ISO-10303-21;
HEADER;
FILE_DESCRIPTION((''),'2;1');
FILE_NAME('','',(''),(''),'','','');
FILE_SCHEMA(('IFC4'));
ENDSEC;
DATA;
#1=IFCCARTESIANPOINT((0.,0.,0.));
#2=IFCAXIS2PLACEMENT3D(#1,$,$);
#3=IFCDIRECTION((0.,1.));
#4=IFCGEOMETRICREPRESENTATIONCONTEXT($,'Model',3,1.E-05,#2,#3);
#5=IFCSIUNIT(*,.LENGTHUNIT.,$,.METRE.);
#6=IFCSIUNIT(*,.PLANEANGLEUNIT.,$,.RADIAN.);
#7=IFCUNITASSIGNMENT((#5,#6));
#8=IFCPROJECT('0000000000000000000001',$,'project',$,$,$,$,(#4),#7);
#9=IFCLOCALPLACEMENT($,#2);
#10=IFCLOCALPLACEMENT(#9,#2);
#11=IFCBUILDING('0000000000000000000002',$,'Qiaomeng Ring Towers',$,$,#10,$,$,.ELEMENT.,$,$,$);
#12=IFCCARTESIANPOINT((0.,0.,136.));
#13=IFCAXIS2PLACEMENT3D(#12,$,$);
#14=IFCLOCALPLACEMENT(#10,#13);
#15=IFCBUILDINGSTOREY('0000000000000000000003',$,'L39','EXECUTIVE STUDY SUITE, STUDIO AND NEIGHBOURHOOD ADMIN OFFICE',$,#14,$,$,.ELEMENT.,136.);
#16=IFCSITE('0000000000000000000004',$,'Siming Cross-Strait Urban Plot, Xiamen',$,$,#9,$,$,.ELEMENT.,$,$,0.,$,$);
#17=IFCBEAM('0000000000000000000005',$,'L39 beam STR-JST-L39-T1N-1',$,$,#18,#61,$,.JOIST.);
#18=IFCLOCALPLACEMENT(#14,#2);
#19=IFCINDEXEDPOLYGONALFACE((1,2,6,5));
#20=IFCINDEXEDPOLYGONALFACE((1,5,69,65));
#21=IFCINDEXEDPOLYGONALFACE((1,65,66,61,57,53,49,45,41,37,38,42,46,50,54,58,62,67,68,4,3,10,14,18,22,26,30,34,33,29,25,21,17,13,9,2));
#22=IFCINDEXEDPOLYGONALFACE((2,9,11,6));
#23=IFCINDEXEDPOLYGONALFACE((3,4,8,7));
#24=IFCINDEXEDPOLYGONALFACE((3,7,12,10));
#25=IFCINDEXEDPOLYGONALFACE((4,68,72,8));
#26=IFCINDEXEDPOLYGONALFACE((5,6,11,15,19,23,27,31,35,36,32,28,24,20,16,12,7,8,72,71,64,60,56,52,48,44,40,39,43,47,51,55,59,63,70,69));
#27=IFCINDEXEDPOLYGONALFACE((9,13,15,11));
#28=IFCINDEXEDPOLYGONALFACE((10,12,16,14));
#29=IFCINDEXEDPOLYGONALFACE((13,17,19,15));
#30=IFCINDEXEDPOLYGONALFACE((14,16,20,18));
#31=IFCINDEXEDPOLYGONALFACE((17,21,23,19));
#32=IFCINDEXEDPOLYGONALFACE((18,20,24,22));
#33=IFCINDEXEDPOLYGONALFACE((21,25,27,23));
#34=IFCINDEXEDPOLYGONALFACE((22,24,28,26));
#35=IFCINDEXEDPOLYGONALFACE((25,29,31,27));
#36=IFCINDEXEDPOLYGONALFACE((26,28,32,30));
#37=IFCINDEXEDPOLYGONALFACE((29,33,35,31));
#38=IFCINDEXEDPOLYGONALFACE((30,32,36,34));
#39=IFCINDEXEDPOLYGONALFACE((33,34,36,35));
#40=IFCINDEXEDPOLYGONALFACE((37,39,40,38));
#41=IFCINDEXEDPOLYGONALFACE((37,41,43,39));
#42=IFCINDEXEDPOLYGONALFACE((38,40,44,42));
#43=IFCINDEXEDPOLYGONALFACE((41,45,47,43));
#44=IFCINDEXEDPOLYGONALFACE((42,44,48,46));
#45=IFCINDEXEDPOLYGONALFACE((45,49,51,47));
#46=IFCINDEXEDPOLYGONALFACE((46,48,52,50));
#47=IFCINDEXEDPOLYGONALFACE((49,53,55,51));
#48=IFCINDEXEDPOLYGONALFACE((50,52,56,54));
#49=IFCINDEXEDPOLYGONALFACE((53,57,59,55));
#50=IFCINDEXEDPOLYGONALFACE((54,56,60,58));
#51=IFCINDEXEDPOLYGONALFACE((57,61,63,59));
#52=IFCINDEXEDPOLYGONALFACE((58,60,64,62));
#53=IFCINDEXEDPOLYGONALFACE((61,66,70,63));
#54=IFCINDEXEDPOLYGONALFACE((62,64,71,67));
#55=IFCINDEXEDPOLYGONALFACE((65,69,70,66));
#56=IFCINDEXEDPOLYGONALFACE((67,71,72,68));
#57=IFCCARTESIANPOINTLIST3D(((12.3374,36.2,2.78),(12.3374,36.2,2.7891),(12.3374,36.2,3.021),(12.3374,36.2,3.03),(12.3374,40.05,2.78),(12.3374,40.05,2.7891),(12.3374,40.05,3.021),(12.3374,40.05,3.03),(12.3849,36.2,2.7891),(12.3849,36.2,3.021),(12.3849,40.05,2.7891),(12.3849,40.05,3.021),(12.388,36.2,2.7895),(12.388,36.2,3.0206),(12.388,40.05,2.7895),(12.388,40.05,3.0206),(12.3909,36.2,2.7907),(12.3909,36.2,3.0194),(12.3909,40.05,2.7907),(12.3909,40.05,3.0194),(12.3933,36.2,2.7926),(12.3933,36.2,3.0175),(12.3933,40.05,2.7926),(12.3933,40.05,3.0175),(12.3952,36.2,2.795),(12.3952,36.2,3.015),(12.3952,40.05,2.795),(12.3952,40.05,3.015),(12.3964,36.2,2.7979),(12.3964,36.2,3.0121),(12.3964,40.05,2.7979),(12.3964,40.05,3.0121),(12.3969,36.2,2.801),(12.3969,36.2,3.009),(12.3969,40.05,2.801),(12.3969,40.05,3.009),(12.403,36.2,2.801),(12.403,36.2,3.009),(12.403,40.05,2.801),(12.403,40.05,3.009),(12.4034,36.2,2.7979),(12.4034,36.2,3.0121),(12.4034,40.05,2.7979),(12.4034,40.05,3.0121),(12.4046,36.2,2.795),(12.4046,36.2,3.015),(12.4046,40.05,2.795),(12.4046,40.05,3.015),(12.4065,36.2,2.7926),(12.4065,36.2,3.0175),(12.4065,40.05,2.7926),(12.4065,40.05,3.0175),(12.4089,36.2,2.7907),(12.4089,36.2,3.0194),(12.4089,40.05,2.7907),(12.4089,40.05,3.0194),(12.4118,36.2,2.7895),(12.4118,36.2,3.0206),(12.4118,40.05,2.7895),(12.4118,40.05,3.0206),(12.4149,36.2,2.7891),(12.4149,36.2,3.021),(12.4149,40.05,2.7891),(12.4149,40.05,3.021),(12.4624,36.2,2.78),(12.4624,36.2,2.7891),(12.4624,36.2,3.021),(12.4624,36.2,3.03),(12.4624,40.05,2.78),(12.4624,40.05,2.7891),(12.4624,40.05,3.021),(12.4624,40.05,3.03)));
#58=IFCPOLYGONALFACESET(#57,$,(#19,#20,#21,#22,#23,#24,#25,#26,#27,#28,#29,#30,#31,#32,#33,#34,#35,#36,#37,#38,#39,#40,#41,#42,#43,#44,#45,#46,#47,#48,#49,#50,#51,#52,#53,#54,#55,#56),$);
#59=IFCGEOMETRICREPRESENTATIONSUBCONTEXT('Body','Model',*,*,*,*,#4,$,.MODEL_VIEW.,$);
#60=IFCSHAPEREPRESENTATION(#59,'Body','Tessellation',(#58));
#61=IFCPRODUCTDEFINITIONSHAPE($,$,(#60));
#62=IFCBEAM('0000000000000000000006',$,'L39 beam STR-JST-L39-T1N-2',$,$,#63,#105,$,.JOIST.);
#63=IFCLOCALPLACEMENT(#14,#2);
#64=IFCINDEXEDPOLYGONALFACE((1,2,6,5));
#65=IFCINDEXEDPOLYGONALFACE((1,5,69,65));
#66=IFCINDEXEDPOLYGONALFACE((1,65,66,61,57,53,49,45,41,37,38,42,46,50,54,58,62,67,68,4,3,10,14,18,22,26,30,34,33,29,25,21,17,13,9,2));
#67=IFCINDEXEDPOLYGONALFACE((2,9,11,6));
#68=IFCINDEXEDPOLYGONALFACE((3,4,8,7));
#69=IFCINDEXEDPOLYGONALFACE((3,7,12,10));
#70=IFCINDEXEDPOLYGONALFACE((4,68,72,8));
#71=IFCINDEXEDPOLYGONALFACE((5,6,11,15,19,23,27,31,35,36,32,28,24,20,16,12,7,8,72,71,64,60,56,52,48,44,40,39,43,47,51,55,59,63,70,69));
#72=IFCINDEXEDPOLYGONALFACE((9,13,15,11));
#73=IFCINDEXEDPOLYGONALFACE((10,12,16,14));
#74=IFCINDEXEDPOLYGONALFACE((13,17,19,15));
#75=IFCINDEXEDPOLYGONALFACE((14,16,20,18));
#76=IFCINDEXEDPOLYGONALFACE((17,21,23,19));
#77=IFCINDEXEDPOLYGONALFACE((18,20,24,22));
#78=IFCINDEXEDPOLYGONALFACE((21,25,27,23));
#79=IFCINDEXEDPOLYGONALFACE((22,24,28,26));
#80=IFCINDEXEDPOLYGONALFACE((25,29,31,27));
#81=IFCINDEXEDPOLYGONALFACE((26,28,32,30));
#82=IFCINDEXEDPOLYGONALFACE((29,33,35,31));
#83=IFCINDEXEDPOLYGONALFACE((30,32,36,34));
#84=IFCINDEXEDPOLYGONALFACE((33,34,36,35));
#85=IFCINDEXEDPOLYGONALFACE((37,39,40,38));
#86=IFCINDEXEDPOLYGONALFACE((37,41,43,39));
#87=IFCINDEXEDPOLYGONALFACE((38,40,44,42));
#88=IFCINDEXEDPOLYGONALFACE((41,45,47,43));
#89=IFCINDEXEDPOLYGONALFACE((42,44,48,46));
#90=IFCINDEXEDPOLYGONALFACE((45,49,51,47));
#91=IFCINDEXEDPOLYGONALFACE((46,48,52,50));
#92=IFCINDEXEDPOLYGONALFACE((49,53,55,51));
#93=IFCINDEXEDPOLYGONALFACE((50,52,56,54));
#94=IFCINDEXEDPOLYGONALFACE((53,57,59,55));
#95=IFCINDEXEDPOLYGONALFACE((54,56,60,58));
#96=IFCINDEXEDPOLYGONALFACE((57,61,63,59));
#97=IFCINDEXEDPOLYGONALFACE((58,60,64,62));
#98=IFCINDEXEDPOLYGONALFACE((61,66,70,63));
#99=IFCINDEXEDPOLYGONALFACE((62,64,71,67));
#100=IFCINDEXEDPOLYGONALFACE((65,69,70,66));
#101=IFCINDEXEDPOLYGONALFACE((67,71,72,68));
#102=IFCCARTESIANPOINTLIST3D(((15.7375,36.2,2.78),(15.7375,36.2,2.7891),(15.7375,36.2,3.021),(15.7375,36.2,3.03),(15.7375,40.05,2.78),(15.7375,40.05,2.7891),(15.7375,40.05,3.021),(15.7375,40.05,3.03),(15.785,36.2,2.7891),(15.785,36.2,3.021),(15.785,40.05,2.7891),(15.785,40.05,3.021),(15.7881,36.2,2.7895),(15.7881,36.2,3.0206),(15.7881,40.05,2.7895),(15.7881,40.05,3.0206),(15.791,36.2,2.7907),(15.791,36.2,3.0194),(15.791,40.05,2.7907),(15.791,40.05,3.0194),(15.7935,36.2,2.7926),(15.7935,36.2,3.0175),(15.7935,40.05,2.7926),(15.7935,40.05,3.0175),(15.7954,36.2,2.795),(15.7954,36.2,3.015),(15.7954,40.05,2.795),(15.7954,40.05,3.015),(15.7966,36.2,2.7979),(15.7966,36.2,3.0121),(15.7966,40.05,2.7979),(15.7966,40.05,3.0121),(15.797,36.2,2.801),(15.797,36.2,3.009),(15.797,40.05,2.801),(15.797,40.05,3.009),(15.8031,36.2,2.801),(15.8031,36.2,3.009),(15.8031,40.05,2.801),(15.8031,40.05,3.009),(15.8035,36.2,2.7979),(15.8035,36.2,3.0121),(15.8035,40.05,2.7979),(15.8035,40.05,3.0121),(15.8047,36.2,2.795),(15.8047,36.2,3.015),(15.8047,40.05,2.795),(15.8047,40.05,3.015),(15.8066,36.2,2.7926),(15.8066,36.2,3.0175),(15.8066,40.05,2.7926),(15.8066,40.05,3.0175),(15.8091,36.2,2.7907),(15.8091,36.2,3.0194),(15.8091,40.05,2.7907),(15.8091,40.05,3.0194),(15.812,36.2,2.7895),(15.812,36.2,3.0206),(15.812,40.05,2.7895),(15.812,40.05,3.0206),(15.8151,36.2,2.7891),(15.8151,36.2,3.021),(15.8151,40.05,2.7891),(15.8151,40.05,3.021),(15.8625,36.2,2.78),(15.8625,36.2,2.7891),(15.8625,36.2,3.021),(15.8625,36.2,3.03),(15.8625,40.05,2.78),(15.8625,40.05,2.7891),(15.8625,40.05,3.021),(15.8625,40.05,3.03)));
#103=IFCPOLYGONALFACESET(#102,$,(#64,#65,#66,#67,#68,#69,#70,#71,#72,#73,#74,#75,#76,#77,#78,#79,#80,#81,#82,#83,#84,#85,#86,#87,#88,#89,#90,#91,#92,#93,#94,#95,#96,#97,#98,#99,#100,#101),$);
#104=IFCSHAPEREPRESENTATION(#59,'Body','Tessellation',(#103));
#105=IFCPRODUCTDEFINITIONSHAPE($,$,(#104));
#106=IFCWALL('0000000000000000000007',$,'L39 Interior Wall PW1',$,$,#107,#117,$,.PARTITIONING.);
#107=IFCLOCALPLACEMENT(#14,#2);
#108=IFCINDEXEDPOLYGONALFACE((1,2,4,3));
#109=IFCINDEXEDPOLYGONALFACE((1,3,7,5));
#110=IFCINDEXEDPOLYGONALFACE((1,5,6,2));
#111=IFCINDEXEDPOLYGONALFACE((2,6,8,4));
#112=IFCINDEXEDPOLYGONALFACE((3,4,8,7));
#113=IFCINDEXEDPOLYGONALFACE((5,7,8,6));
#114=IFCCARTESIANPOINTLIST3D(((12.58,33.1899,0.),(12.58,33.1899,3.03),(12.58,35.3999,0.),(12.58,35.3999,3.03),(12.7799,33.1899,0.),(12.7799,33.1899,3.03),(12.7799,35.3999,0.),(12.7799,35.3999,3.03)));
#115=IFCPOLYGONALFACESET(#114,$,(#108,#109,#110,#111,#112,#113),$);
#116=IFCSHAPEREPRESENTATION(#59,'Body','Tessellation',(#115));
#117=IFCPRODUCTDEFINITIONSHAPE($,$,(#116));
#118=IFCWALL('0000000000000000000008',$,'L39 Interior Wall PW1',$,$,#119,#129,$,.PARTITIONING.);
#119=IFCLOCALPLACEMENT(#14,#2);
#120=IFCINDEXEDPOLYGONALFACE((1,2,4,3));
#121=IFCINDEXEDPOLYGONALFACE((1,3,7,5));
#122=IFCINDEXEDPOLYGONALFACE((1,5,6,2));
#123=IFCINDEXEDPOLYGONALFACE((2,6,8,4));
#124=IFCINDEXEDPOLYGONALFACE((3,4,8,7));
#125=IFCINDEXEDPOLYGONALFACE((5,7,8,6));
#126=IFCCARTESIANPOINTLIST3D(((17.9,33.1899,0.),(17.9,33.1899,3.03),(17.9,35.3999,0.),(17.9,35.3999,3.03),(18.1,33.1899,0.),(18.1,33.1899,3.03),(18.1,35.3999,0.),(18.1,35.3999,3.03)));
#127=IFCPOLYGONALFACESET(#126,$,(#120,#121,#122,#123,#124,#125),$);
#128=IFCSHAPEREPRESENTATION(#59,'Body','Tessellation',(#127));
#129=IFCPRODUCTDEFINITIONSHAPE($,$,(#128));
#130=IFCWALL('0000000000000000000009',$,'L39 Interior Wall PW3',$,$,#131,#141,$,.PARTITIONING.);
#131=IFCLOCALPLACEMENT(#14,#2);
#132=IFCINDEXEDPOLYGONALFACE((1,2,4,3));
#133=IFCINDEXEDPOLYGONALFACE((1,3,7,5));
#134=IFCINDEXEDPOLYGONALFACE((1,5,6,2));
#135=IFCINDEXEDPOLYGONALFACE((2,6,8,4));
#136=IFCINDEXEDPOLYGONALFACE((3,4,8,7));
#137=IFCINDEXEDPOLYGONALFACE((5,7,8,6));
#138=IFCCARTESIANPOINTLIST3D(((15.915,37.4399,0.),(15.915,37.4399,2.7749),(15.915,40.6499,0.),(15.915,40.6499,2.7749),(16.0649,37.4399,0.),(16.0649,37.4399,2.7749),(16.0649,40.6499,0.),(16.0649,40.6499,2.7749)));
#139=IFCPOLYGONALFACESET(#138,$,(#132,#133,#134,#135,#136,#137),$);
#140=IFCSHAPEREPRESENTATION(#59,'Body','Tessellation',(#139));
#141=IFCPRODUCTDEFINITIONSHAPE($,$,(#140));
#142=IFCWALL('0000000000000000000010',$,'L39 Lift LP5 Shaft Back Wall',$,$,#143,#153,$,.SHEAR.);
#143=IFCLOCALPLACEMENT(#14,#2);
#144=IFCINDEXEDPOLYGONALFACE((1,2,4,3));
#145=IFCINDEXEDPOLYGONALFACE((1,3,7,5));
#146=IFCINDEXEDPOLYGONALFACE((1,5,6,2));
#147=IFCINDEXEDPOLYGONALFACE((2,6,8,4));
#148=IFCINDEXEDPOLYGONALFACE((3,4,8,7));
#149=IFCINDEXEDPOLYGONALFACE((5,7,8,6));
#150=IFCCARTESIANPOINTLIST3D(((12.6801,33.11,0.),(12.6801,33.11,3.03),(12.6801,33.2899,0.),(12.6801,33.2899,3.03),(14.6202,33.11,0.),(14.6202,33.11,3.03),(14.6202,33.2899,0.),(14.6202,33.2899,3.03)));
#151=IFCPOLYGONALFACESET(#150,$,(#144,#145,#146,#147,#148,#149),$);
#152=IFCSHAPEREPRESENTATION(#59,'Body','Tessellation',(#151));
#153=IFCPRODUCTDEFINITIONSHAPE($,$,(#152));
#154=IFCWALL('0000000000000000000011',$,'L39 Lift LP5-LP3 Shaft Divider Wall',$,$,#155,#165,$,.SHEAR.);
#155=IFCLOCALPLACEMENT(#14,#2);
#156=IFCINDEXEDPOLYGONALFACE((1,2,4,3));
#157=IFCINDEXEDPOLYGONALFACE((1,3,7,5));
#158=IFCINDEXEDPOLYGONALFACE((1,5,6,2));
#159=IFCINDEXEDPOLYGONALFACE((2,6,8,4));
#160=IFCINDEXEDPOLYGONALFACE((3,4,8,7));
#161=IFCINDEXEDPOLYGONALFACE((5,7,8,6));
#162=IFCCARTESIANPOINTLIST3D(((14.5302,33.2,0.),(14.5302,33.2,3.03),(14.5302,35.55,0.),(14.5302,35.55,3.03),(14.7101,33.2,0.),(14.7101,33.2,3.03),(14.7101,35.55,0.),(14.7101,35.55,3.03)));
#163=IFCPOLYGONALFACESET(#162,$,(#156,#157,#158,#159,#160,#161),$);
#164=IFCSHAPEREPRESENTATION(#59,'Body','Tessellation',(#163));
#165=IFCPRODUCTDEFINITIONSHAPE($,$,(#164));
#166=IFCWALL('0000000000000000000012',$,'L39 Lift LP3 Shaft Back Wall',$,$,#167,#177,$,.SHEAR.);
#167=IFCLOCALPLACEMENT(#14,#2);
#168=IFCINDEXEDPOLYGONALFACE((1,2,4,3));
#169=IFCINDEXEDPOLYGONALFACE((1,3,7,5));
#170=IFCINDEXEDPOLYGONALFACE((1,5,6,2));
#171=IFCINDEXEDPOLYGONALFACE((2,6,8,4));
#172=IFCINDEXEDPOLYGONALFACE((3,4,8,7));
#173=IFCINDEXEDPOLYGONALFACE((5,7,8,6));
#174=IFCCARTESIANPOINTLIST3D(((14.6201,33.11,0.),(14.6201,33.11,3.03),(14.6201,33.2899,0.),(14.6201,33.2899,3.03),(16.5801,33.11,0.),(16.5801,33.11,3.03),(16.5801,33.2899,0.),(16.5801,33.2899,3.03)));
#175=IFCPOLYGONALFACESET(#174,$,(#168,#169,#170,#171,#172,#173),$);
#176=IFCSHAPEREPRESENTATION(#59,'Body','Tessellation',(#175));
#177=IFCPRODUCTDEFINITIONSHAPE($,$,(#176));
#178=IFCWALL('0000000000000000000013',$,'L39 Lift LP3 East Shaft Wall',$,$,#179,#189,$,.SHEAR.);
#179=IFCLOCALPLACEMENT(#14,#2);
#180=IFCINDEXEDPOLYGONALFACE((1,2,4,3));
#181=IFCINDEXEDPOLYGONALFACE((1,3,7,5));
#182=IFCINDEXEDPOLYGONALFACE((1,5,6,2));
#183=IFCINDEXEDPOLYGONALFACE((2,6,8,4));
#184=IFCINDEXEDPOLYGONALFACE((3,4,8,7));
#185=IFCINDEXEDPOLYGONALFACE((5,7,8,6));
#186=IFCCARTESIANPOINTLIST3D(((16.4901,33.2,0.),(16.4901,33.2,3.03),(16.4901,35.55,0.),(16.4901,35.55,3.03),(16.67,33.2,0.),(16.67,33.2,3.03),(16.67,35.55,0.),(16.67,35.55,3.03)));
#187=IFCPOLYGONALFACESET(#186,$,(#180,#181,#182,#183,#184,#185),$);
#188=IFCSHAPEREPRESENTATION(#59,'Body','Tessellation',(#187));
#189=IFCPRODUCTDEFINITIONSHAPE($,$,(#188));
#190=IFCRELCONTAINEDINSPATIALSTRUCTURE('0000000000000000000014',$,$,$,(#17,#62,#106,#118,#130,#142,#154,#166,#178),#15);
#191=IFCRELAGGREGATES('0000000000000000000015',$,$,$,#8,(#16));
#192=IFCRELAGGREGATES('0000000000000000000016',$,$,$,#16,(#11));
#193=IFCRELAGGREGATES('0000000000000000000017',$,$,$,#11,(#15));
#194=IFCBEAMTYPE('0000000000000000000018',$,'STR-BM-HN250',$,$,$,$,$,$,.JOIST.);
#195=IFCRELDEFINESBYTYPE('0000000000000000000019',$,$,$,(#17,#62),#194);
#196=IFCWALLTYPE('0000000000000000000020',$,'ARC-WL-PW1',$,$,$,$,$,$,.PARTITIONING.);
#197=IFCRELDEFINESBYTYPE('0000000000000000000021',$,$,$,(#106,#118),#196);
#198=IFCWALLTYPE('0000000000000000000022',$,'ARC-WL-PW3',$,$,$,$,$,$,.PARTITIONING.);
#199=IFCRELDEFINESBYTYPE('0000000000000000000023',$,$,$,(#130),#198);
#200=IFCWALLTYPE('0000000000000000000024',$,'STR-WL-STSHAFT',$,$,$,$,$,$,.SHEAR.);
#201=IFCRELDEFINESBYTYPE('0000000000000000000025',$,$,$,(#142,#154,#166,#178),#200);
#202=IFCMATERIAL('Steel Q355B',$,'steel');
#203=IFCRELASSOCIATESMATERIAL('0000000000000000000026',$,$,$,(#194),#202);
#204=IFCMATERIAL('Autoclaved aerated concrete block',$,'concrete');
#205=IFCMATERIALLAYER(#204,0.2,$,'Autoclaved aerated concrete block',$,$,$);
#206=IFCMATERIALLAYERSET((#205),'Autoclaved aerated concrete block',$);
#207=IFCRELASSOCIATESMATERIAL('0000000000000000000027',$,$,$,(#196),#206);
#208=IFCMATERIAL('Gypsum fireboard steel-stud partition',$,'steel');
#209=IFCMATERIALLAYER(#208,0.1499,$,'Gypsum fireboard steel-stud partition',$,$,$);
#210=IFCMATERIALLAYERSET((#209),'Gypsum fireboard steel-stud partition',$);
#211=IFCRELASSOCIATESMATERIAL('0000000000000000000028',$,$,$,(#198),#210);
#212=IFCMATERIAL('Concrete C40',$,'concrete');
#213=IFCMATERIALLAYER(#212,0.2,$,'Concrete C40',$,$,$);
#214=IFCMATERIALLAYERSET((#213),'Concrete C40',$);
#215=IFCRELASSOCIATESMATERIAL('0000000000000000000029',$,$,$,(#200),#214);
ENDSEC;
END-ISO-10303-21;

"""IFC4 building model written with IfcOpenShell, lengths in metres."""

from ifc_helpers import new_model, si_unit, direction, frame, frame_2d, origin, origin_2d, place, context, subcontext, project, spatial, rectangle, i_section, extrude, source, transform, mapped, material, layer, layer_set, material_profile, profile_set, type_object, element, save


model = new_model("IFC4")

# Units and contexts
model_context = context("Model", 3, precision=1e-05, world=origin(), true_north=direction((0.0, 1.0)))
body_context = subcontext(model_context, "Body", "Model", "MODEL_VIEW")
ifc_project = project(units=[si_unit("LENGTHUNIT", "METRE"), si_unit("PLANEANGLEUNIT", "RADIAN")], contexts=[model_context])

# Site, building, storey
site_placement = place(None, origin())
site = spatial("IfcSite", under=ifc_project, at=site_placement, Name="Siming Cross-Strait Urban Plot, Xiamen", CompositionType="ELEMENT", RefElevation=0.0)
building_placement = place(site_placement, origin())
building = spatial("IfcBuilding", under=site, at=building_placement, Name="Qiaomeng Ring Towers", CompositionType="ELEMENT")
storey_placement = place(building_placement, frame((0.0, 0.0, 136.0)))
storey = spatial("IfcBuildingStorey", under=building, at=storey_placement, Name="L39", Description="EXECUTIVE STUDY SUITE, STUDIO AND NEIGHBOURHOOD ADMIN OFFICE", CompositionType="ELEMENT", Elevation=136.0)

# Beams
ifc_material_1 = material(Name="Steel Q355B", Category="steel")
ifc_material_profile_1 = material_profile(ifc_material_1, i_section(OverallWidth=0.125, OverallDepth=0.25, WebThickness=0.0061, FlangeThickness=0.009, FilletRadius=0.012, at=origin_2d()), Name="HN 250x125x6x9")
ifc_profile_set_1 = profile_set([ifc_material_profile_1], Name="Steel Q355B")
beam_type = type_object("IfcBeamType", Name="STR-BM-HN250", PredefinedType="JOIST", material=ifc_profile_set_1)
shared_shape_1 = source(origin(), body_context, "Body", "SweptSolid", [
    extrude(i_section(OverallWidth=0.125, OverallDepth=0.25, WebThickness=0.0061, FlangeThickness=0.009, FilletRadius=0.012, at=origin_2d()), origin(), (0.0, 0.0, 1.0), 3.8501),
])
for number, where, z_axis, x_axis, name in (
    (1, (12.3999, 36.2, 2.905), (0.0, 1.0, 0.0), (-1.0, 0.0, 0.0), "L39 beam STR-JST-L39-T1N-1"),
    (2, (15.8, 36.2, 2.905), (0.0, 1.0, 0.0), (-1.0, 0.0, 0.0), "L39 beam STR-JST-L39-T1N-2"),
):
    element("IfcBeam", number, at=place(storey_placement, frame(where, z_axis=z_axis, x_axis=x_axis)), inside=storey, type_object=beam_type, Name=name, PredefinedType="JOIST", context=body_context, shape_type="MappedRepresentation", body=[
        mapped(shared_shape_1, transform((0.0, 0.0, 0.0), x_axis=(1.0, 0.0, 0.0), y_axis=(0.0, 1.0, 0.0), z_axis=(0.0, 0.0, 1.0), scale=1.0)),
    ])

# Walls
ifc_material_2 = material(Name="Autoclaved aerated concrete block", Category="concrete")
ifc_layer_1 = layer(ifc_material_2, 0.2, Name="Autoclaved aerated concrete block")
ifc_layer_set_1 = layer_set([ifc_layer_1], Name="Autoclaved aerated concrete block")
wall_type_1 = type_object("IfcWallType", Name="ARC-WL-PW1", PredefinedType="PARTITIONING", material=ifc_layer_set_1)
for number, where, z_axis, x_axis, name in (
    (3, (12.6799, 33.1899, 0.0), (0.0, 0.0, 1.0), (0.0, 1.0, 0.0), "L39 Interior Wall PW1"),
    (4, (18.0, 33.1899, 0.0), (0.0, 0.0, 1.0), (0.0, 1.0, 0.0), "L39 Interior Wall PW1"),
):
    element("IfcWall", number, at=place(storey_placement, frame(where, z_axis=z_axis, x_axis=x_axis)), inside=storey, type_object=wall_type_1, Name=name, PredefinedType="PARTITIONING", context=body_context, shape_type="SweptSolid", body=[
        extrude(rectangle(XDim=2.21, YDim=0.2, at=frame_2d((1.105, 0.0))), origin(), (0.0, 0.0, 1.0), 3.03),
    ])
ifc_material_3 = material(Name="Gypsum fireboard steel-stud partition", Category="steel")
ifc_layer_2 = layer(ifc_material_3, 0.1499, Name="Gypsum fireboard steel-stud partition")
ifc_layer_set_2 = layer_set([ifc_layer_2], Name="Gypsum fireboard steel-stud partition")
wall_type_2 = type_object("IfcWallType", Name="ARC-WL-PW3", PredefinedType="PARTITIONING", material=ifc_layer_set_2)
wall_1_placement = place(storey_placement, frame((15.99, 37.4399, 0.0), z_axis=(0.0, 0.0, 1.0), x_axis=(0.0, 1.0, 0.0)))
element("IfcWall", 5, at=wall_1_placement, inside=storey, type_object=wall_type_2, Name="L39 Interior Wall PW3", PredefinedType="PARTITIONING", context=body_context, shape_type="SweptSolid", body=[
    extrude(rectangle(XDim=3.21, YDim=0.1499, at=frame_2d((1.605, 0.0))), origin(), (0.0, 0.0, 1.0), 2.7749),
])
ifc_material_4 = material(Name="Concrete C40", Category="concrete")
ifc_layer_3 = layer(ifc_material_4, 0.2, Name="Concrete C40")
ifc_layer_set_3 = layer_set([ifc_layer_3], Name="Concrete C40")
wall_type_3 = type_object("IfcWallType", Name="STR-WL-STSHAFT", PredefinedType="SHEAR", material=ifc_layer_set_3)
wall_2_placement = place(storey_placement, frame((12.6799, 33.2, 0.0), z_axis=(0.0, 0.0, 1.0), x_axis=(1.0, 0.0, 0.0)))
element("IfcWall", 6, at=wall_2_placement, inside=storey, type_object=wall_type_3, Name="L39 Lift LP5 Shaft Back Wall", PredefinedType="SHEAR", context=body_context, shape_type="SweptSolid", body=[
    extrude(rectangle(XDim=1.9402, YDim=0.1799, at=frame_2d((0.9702, 0.0))), origin(), (0.0, 0.0, 1.0), 3.03),
])
wall_3_placement = place(storey_placement, frame((14.6201, 33.2, 0.0), z_axis=(0.0, 0.0, 1.0), x_axis=(0.0, 1.0, 0.0)))
element("IfcWall", 7, at=wall_3_placement, inside=storey, type_object=wall_type_3, Name="L39 Lift LP5-LP3 Shaft Divider Wall", PredefinedType="SHEAR", context=body_context, shape_type="SweptSolid", body=[
    extrude(rectangle(XDim=2.3501, YDim=0.1799, at=frame_2d((1.175, 0.0))), origin(), (0.0, 0.0, 1.0), 3.03),
])
wall_4_placement = place(storey_placement, frame((14.6201, 33.2, 0.0), z_axis=(0.0, 0.0, 1.0), x_axis=(1.0, 0.0, 0.0)))
element("IfcWall", 8, at=wall_4_placement, inside=storey, type_object=wall_type_3, Name="L39 Lift LP3 Shaft Back Wall", PredefinedType="SHEAR", context=body_context, shape_type="SweptSolid", body=[
    extrude(rectangle(XDim=1.96, YDim=0.1799, at=frame_2d((0.98, 0.0))), origin(), (0.0, 0.0, 1.0), 3.03),
])
wall_5_placement = place(storey_placement, frame((16.5801, 33.2, 0.0), z_axis=(0.0, 0.0, 1.0), x_axis=(0.0, 1.0, 0.0)))
element("IfcWall", 9, at=wall_5_placement, inside=storey, type_object=wall_type_3, Name="L39 Lift LP3 East Shaft Wall", PredefinedType="SHEAR", context=body_context, shape_type="SweptSolid", body=[
    extrude(rectangle(XDim=2.3501, YDim=0.1799, at=frame_2d((1.175, 0.0))), origin(), (0.0, 0.0, 1.0), 3.03),
])

save(model, "model.ifc")
